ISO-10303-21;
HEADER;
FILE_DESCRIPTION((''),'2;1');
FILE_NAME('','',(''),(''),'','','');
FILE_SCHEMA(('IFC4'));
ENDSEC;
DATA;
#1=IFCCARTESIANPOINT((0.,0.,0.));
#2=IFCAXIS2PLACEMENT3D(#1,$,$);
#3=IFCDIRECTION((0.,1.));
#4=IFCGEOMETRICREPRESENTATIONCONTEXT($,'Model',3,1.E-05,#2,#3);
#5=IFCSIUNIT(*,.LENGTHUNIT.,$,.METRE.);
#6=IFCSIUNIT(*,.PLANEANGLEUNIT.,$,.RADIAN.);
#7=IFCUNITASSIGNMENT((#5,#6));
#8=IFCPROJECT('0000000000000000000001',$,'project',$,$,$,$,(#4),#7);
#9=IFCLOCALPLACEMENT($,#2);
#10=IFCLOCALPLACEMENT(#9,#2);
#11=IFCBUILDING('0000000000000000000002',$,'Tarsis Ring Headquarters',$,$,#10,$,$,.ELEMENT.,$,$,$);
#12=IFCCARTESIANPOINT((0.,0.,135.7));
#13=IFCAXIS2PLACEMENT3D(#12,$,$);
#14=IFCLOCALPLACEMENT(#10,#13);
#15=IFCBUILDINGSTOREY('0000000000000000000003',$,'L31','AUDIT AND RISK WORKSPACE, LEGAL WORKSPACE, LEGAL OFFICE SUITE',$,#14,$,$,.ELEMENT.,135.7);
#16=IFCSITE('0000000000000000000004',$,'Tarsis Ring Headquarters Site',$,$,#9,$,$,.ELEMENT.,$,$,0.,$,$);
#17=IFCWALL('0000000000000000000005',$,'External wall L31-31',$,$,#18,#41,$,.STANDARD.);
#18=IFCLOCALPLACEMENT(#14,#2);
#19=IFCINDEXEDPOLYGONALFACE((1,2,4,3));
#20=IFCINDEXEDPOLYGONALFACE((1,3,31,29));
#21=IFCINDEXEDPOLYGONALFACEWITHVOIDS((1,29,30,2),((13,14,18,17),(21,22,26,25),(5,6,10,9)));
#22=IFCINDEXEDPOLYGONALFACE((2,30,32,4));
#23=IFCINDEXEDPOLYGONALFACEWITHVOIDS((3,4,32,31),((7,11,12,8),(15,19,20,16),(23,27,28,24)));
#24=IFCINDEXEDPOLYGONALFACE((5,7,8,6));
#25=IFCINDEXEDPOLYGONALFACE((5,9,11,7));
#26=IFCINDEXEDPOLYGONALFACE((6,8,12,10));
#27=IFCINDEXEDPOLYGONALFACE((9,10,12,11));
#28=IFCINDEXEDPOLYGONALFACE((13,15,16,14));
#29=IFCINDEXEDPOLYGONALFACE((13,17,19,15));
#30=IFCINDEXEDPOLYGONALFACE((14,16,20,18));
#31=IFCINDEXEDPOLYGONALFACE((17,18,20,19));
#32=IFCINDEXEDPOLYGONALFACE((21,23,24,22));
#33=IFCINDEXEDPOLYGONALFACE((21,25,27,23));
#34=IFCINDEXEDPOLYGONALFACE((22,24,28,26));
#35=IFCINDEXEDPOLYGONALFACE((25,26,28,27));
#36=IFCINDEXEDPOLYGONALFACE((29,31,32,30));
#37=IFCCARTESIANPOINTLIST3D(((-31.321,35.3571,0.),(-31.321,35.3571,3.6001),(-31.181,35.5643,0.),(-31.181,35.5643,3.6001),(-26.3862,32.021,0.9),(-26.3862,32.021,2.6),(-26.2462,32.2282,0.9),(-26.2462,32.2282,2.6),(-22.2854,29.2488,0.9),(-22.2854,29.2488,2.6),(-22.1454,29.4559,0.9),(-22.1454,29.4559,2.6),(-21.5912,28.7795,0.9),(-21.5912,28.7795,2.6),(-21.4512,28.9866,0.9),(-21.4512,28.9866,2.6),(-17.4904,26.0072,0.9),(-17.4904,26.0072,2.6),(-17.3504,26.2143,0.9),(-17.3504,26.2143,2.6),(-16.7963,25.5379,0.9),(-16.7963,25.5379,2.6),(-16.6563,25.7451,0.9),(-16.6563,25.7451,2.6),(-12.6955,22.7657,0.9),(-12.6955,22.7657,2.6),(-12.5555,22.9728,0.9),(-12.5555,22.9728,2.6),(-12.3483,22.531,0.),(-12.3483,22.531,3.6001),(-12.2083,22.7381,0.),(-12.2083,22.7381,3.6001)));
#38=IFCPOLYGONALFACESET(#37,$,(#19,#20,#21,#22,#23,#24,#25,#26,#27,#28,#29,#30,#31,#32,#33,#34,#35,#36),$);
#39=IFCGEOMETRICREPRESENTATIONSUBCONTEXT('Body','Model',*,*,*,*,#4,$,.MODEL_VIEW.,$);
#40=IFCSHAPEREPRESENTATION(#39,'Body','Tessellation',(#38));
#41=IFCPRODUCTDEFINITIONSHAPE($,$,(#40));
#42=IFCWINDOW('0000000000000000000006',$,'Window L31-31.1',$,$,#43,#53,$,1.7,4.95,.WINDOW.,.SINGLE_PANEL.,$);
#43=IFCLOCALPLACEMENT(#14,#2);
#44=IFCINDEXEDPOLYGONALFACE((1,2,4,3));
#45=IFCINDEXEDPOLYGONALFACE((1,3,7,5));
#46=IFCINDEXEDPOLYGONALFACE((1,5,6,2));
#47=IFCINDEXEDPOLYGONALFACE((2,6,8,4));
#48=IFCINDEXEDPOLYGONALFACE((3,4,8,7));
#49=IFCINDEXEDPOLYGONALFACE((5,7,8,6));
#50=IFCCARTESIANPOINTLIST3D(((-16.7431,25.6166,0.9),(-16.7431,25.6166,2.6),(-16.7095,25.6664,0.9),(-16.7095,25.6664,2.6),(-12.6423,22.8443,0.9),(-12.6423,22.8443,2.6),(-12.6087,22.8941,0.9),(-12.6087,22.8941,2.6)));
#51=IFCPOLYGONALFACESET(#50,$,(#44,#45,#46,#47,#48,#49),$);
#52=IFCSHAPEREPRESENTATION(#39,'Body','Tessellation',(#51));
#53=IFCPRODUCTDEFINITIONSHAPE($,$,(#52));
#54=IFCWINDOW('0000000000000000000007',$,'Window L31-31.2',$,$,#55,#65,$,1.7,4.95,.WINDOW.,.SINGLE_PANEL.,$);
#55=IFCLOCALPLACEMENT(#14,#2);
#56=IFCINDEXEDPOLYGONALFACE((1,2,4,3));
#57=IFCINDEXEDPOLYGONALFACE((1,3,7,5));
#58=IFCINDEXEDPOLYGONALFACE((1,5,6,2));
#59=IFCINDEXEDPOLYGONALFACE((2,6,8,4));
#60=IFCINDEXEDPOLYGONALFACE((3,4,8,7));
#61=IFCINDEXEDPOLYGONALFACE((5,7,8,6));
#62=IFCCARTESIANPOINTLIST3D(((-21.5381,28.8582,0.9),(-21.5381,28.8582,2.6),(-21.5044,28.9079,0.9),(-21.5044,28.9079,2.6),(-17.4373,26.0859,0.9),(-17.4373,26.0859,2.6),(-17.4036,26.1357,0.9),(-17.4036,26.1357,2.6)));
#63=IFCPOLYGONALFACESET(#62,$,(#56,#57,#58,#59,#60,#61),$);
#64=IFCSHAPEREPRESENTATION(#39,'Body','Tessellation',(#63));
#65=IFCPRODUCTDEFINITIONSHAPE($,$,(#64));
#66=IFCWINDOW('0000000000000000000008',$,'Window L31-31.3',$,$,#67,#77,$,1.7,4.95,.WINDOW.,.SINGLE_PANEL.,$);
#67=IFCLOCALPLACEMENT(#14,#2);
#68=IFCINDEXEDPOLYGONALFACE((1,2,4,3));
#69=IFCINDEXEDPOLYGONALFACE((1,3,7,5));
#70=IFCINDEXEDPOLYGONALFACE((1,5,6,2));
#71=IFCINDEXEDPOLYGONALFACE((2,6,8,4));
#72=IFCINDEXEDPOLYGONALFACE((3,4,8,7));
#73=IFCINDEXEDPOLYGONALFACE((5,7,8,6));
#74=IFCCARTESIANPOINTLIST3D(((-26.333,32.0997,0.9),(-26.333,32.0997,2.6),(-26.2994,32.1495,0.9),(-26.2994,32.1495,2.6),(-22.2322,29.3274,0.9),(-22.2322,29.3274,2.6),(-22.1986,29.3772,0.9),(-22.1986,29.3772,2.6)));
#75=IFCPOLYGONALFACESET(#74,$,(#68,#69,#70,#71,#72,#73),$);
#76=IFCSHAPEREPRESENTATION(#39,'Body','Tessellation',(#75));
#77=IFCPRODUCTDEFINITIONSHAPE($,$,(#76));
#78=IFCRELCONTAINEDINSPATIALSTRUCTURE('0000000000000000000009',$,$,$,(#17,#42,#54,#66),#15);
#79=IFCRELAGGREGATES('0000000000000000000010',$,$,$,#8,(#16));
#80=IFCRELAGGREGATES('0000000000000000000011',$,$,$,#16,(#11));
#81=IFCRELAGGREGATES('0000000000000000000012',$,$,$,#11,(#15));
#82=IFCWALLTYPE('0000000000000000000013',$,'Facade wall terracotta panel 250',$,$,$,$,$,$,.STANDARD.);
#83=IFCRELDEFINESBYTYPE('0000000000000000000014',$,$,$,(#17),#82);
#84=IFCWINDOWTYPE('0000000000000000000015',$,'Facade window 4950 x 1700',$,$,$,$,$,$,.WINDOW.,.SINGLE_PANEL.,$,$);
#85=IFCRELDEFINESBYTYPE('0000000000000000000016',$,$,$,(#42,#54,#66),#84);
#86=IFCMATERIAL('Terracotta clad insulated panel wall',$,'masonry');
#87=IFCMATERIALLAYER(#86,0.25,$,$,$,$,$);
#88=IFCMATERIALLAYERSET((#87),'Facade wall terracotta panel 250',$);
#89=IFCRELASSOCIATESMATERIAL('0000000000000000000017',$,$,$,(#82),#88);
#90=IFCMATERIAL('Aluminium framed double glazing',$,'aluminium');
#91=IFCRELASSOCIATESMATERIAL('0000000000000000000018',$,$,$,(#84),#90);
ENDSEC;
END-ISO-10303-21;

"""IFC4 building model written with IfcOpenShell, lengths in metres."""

from ifc_helpers import new_model, si_unit, direction, frame, frame_2d, origin, place, context, subcontext, project, spatial, rectangle, extrude, material, layer, layer_set, type_object, element, fill, save


model = new_model("IFC4")

# Units and contexts
model_context = context("Model", 3, precision=1e-05, world=origin(), true_north=direction((0.0, 1.0)))
body_context = subcontext(model_context, "Body", "Model", "MODEL_VIEW")
ifc_project = project(units=[si_unit("LENGTHUNIT", "METRE"), si_unit("PLANEANGLEUNIT", "RADIAN")], contexts=[model_context])

# Site, building, storey
site_placement = place(None, origin())
site = spatial("IfcSite", under=ifc_project, at=site_placement, Name="Tarsis Ring Headquarters Site", CompositionType="ELEMENT", RefElevation=0.0)
building_placement = place(site_placement, origin())
building = spatial("IfcBuilding", under=site, at=building_placement, Name="Tarsis Ring Headquarters", CompositionType="ELEMENT")
storey_placement = place(building_placement, frame((0.0, 0.0, 135.7)))
storey = spatial("IfcBuildingStorey", under=building, at=storey_placement, Name="L31", Description="AUDIT AND RISK WORKSPACE, LEGAL WORKSPACE, LEGAL OFFICE SUITE", CompositionType="ELEMENT", Elevation=135.7)

# Shared definitions
ifc_material_1 = material(Name="Terracotta clad insulated panel wall", Category="masonry")
ifc_layer_1 = layer(ifc_material_1, 0.25)
ifc_layer_set_1 = layer_set([ifc_layer_1], Name="Facade wall terracotta panel 250")
wall_type_1 = type_object("IfcWallType", Name="Facade wall terracotta panel 250", PredefinedType="STANDARD", material=ifc_layer_set_1)
ifc_material_2 = material(Name="Aluminium framed double glazing", Category="aluminium")

# Wall, openings, windows
wall_1_placement = place(storey_placement, frame((-12.2783, 22.6345, 0.0), z_axis=(0.0, 0.0, 1.0), x_axis=(-0.828451, 0.560062, 0.0)))
wall_1 = element("IfcWall", 1, at=wall_1_placement, inside=storey, type_object=wall_type_1, Name="External wall L31-31", PredefinedType="STANDARD", context=body_context, shape_type="SweptSolid", body=[
    extrude(rectangle(XDim=22.9014, YDim=0.25, at=frame_2d((11.4507, 0.0))), origin(), (0.0, 0.0, 1.0), 3.6001),
])
opening_1_placement = place(wall_1_placement, frame((0.4189, 0.0, 0.8999)))
opening_1 = element("IfcOpeningElement", 2, at=opening_1_placement, cuts=wall_1, PredefinedType="OPENING", context=body_context, shape_type="SweptSolid", body=[
    extrude(rectangle(XDim=4.95, YDim=1.7, at=frame_2d((2.4751, 0.8501))), frame((0.0, 0.135, 0.0), z_axis=(0.0, -1.0, 0.0), x_axis=(1.0, 0.0, 0.0)), (0.0, 0.0, 1.0), 0.27),
])
opening_2_placement = place(wall_1_placement, frame((6.2068, 0.0, 0.8999)))
opening_2 = element("IfcOpeningElement", 3, at=opening_2_placement, cuts=wall_1, PredefinedType="OPENING", context=body_context, shape_type="SweptSolid", body=[
    extrude(rectangle(XDim=4.95, YDim=1.7, at=frame_2d((2.4751, 0.8501))), frame((0.0, 0.135, 0.0), z_axis=(0.0, -1.0, 0.0), x_axis=(1.0, 0.0, 0.0)), (0.0, 0.0, 1.0), 0.27),
])
opening_3_placement = place(wall_1_placement, frame((11.9946, 0.0, 0.8999)))
opening_3 = element("IfcOpeningElement", 4, at=opening_3_placement, cuts=wall_1, PredefinedType="OPENING", context=body_context, shape_type="SweptSolid", body=[
    extrude(rectangle(XDim=4.95, YDim=1.7, at=frame_2d((2.4751, 0.8501))), frame((0.0, 0.135, 0.0), z_axis=(0.0, -1.0, 0.0), x_axis=(1.0, 0.0, 0.0)), (0.0, 0.0, 1.0), 0.27),
])
window_type_1 = type_object("IfcWindowType", Name="Facade window 4950 x 1700", PartitioningType="SINGLE_PANEL", PredefinedType="WINDOW", material=ifc_material_2)
window_1_placement = place(opening_1_placement, origin())
window_1 = element("IfcWindow", 5, at=window_1_placement, inside=storey, type_object=window_type_1, Name="Window L31-31.1", OverallHeight=1.7, OverallWidth=4.95, PartitioningType="SINGLE_PANEL", PredefinedType="WINDOW", context=body_context, shape_type="SweptSolid", body=[
    extrude(rectangle(XDim=4.95, YDim=1.7, at=frame_2d((2.4751, 0.8501))), frame((0.0, 0.03, 0.0), z_axis=(0.0, -1.0, 0.0), x_axis=(1.0, 0.0, 0.0)), (0.0, 0.0, 1.0), 0.0601),
])
fill(opening_1, window_1)
window_2_placement = place(opening_2_placement, origin())
window_2 = element("IfcWindow", 6, at=window_2_placement, inside=storey, type_object=window_type_1, Name="Window L31-31.2", OverallHeight=1.7, OverallWidth=4.95, PartitioningType="SINGLE_PANEL", PredefinedType="WINDOW", context=body_context, shape_type="SweptSolid", body=[
    extrude(rectangle(XDim=4.95, YDim=1.7, at=frame_2d((2.4751, 0.8501))), frame((0.0, 0.03, 0.0), z_axis=(0.0, -1.0, 0.0), x_axis=(1.0, 0.0, 0.0)), (0.0, 0.0, 1.0), 0.0601),
])
fill(opening_2, window_2)
window_3_placement = place(opening_3_placement, origin())
window_3 = element("IfcWindow", 7, at=window_3_placement, inside=storey, type_object=window_type_1, Name="Window L31-31.3", OverallHeight=1.7, OverallWidth=4.95, PartitioningType="SINGLE_PANEL", PredefinedType="WINDOW", context=body_context, shape_type="SweptSolid", body=[
    extrude(rectangle(XDim=4.95, YDim=1.7, at=frame_2d((2.4751, 0.8501))), frame((0.0, 0.03, 0.0), z_axis=(0.0, -1.0, 0.0), x_axis=(1.0, 0.0, 0.0)), (0.0, 0.0, 1.0), 0.0601),
])
fill(opening_3, window_3)

save(model, "model.ifc")
